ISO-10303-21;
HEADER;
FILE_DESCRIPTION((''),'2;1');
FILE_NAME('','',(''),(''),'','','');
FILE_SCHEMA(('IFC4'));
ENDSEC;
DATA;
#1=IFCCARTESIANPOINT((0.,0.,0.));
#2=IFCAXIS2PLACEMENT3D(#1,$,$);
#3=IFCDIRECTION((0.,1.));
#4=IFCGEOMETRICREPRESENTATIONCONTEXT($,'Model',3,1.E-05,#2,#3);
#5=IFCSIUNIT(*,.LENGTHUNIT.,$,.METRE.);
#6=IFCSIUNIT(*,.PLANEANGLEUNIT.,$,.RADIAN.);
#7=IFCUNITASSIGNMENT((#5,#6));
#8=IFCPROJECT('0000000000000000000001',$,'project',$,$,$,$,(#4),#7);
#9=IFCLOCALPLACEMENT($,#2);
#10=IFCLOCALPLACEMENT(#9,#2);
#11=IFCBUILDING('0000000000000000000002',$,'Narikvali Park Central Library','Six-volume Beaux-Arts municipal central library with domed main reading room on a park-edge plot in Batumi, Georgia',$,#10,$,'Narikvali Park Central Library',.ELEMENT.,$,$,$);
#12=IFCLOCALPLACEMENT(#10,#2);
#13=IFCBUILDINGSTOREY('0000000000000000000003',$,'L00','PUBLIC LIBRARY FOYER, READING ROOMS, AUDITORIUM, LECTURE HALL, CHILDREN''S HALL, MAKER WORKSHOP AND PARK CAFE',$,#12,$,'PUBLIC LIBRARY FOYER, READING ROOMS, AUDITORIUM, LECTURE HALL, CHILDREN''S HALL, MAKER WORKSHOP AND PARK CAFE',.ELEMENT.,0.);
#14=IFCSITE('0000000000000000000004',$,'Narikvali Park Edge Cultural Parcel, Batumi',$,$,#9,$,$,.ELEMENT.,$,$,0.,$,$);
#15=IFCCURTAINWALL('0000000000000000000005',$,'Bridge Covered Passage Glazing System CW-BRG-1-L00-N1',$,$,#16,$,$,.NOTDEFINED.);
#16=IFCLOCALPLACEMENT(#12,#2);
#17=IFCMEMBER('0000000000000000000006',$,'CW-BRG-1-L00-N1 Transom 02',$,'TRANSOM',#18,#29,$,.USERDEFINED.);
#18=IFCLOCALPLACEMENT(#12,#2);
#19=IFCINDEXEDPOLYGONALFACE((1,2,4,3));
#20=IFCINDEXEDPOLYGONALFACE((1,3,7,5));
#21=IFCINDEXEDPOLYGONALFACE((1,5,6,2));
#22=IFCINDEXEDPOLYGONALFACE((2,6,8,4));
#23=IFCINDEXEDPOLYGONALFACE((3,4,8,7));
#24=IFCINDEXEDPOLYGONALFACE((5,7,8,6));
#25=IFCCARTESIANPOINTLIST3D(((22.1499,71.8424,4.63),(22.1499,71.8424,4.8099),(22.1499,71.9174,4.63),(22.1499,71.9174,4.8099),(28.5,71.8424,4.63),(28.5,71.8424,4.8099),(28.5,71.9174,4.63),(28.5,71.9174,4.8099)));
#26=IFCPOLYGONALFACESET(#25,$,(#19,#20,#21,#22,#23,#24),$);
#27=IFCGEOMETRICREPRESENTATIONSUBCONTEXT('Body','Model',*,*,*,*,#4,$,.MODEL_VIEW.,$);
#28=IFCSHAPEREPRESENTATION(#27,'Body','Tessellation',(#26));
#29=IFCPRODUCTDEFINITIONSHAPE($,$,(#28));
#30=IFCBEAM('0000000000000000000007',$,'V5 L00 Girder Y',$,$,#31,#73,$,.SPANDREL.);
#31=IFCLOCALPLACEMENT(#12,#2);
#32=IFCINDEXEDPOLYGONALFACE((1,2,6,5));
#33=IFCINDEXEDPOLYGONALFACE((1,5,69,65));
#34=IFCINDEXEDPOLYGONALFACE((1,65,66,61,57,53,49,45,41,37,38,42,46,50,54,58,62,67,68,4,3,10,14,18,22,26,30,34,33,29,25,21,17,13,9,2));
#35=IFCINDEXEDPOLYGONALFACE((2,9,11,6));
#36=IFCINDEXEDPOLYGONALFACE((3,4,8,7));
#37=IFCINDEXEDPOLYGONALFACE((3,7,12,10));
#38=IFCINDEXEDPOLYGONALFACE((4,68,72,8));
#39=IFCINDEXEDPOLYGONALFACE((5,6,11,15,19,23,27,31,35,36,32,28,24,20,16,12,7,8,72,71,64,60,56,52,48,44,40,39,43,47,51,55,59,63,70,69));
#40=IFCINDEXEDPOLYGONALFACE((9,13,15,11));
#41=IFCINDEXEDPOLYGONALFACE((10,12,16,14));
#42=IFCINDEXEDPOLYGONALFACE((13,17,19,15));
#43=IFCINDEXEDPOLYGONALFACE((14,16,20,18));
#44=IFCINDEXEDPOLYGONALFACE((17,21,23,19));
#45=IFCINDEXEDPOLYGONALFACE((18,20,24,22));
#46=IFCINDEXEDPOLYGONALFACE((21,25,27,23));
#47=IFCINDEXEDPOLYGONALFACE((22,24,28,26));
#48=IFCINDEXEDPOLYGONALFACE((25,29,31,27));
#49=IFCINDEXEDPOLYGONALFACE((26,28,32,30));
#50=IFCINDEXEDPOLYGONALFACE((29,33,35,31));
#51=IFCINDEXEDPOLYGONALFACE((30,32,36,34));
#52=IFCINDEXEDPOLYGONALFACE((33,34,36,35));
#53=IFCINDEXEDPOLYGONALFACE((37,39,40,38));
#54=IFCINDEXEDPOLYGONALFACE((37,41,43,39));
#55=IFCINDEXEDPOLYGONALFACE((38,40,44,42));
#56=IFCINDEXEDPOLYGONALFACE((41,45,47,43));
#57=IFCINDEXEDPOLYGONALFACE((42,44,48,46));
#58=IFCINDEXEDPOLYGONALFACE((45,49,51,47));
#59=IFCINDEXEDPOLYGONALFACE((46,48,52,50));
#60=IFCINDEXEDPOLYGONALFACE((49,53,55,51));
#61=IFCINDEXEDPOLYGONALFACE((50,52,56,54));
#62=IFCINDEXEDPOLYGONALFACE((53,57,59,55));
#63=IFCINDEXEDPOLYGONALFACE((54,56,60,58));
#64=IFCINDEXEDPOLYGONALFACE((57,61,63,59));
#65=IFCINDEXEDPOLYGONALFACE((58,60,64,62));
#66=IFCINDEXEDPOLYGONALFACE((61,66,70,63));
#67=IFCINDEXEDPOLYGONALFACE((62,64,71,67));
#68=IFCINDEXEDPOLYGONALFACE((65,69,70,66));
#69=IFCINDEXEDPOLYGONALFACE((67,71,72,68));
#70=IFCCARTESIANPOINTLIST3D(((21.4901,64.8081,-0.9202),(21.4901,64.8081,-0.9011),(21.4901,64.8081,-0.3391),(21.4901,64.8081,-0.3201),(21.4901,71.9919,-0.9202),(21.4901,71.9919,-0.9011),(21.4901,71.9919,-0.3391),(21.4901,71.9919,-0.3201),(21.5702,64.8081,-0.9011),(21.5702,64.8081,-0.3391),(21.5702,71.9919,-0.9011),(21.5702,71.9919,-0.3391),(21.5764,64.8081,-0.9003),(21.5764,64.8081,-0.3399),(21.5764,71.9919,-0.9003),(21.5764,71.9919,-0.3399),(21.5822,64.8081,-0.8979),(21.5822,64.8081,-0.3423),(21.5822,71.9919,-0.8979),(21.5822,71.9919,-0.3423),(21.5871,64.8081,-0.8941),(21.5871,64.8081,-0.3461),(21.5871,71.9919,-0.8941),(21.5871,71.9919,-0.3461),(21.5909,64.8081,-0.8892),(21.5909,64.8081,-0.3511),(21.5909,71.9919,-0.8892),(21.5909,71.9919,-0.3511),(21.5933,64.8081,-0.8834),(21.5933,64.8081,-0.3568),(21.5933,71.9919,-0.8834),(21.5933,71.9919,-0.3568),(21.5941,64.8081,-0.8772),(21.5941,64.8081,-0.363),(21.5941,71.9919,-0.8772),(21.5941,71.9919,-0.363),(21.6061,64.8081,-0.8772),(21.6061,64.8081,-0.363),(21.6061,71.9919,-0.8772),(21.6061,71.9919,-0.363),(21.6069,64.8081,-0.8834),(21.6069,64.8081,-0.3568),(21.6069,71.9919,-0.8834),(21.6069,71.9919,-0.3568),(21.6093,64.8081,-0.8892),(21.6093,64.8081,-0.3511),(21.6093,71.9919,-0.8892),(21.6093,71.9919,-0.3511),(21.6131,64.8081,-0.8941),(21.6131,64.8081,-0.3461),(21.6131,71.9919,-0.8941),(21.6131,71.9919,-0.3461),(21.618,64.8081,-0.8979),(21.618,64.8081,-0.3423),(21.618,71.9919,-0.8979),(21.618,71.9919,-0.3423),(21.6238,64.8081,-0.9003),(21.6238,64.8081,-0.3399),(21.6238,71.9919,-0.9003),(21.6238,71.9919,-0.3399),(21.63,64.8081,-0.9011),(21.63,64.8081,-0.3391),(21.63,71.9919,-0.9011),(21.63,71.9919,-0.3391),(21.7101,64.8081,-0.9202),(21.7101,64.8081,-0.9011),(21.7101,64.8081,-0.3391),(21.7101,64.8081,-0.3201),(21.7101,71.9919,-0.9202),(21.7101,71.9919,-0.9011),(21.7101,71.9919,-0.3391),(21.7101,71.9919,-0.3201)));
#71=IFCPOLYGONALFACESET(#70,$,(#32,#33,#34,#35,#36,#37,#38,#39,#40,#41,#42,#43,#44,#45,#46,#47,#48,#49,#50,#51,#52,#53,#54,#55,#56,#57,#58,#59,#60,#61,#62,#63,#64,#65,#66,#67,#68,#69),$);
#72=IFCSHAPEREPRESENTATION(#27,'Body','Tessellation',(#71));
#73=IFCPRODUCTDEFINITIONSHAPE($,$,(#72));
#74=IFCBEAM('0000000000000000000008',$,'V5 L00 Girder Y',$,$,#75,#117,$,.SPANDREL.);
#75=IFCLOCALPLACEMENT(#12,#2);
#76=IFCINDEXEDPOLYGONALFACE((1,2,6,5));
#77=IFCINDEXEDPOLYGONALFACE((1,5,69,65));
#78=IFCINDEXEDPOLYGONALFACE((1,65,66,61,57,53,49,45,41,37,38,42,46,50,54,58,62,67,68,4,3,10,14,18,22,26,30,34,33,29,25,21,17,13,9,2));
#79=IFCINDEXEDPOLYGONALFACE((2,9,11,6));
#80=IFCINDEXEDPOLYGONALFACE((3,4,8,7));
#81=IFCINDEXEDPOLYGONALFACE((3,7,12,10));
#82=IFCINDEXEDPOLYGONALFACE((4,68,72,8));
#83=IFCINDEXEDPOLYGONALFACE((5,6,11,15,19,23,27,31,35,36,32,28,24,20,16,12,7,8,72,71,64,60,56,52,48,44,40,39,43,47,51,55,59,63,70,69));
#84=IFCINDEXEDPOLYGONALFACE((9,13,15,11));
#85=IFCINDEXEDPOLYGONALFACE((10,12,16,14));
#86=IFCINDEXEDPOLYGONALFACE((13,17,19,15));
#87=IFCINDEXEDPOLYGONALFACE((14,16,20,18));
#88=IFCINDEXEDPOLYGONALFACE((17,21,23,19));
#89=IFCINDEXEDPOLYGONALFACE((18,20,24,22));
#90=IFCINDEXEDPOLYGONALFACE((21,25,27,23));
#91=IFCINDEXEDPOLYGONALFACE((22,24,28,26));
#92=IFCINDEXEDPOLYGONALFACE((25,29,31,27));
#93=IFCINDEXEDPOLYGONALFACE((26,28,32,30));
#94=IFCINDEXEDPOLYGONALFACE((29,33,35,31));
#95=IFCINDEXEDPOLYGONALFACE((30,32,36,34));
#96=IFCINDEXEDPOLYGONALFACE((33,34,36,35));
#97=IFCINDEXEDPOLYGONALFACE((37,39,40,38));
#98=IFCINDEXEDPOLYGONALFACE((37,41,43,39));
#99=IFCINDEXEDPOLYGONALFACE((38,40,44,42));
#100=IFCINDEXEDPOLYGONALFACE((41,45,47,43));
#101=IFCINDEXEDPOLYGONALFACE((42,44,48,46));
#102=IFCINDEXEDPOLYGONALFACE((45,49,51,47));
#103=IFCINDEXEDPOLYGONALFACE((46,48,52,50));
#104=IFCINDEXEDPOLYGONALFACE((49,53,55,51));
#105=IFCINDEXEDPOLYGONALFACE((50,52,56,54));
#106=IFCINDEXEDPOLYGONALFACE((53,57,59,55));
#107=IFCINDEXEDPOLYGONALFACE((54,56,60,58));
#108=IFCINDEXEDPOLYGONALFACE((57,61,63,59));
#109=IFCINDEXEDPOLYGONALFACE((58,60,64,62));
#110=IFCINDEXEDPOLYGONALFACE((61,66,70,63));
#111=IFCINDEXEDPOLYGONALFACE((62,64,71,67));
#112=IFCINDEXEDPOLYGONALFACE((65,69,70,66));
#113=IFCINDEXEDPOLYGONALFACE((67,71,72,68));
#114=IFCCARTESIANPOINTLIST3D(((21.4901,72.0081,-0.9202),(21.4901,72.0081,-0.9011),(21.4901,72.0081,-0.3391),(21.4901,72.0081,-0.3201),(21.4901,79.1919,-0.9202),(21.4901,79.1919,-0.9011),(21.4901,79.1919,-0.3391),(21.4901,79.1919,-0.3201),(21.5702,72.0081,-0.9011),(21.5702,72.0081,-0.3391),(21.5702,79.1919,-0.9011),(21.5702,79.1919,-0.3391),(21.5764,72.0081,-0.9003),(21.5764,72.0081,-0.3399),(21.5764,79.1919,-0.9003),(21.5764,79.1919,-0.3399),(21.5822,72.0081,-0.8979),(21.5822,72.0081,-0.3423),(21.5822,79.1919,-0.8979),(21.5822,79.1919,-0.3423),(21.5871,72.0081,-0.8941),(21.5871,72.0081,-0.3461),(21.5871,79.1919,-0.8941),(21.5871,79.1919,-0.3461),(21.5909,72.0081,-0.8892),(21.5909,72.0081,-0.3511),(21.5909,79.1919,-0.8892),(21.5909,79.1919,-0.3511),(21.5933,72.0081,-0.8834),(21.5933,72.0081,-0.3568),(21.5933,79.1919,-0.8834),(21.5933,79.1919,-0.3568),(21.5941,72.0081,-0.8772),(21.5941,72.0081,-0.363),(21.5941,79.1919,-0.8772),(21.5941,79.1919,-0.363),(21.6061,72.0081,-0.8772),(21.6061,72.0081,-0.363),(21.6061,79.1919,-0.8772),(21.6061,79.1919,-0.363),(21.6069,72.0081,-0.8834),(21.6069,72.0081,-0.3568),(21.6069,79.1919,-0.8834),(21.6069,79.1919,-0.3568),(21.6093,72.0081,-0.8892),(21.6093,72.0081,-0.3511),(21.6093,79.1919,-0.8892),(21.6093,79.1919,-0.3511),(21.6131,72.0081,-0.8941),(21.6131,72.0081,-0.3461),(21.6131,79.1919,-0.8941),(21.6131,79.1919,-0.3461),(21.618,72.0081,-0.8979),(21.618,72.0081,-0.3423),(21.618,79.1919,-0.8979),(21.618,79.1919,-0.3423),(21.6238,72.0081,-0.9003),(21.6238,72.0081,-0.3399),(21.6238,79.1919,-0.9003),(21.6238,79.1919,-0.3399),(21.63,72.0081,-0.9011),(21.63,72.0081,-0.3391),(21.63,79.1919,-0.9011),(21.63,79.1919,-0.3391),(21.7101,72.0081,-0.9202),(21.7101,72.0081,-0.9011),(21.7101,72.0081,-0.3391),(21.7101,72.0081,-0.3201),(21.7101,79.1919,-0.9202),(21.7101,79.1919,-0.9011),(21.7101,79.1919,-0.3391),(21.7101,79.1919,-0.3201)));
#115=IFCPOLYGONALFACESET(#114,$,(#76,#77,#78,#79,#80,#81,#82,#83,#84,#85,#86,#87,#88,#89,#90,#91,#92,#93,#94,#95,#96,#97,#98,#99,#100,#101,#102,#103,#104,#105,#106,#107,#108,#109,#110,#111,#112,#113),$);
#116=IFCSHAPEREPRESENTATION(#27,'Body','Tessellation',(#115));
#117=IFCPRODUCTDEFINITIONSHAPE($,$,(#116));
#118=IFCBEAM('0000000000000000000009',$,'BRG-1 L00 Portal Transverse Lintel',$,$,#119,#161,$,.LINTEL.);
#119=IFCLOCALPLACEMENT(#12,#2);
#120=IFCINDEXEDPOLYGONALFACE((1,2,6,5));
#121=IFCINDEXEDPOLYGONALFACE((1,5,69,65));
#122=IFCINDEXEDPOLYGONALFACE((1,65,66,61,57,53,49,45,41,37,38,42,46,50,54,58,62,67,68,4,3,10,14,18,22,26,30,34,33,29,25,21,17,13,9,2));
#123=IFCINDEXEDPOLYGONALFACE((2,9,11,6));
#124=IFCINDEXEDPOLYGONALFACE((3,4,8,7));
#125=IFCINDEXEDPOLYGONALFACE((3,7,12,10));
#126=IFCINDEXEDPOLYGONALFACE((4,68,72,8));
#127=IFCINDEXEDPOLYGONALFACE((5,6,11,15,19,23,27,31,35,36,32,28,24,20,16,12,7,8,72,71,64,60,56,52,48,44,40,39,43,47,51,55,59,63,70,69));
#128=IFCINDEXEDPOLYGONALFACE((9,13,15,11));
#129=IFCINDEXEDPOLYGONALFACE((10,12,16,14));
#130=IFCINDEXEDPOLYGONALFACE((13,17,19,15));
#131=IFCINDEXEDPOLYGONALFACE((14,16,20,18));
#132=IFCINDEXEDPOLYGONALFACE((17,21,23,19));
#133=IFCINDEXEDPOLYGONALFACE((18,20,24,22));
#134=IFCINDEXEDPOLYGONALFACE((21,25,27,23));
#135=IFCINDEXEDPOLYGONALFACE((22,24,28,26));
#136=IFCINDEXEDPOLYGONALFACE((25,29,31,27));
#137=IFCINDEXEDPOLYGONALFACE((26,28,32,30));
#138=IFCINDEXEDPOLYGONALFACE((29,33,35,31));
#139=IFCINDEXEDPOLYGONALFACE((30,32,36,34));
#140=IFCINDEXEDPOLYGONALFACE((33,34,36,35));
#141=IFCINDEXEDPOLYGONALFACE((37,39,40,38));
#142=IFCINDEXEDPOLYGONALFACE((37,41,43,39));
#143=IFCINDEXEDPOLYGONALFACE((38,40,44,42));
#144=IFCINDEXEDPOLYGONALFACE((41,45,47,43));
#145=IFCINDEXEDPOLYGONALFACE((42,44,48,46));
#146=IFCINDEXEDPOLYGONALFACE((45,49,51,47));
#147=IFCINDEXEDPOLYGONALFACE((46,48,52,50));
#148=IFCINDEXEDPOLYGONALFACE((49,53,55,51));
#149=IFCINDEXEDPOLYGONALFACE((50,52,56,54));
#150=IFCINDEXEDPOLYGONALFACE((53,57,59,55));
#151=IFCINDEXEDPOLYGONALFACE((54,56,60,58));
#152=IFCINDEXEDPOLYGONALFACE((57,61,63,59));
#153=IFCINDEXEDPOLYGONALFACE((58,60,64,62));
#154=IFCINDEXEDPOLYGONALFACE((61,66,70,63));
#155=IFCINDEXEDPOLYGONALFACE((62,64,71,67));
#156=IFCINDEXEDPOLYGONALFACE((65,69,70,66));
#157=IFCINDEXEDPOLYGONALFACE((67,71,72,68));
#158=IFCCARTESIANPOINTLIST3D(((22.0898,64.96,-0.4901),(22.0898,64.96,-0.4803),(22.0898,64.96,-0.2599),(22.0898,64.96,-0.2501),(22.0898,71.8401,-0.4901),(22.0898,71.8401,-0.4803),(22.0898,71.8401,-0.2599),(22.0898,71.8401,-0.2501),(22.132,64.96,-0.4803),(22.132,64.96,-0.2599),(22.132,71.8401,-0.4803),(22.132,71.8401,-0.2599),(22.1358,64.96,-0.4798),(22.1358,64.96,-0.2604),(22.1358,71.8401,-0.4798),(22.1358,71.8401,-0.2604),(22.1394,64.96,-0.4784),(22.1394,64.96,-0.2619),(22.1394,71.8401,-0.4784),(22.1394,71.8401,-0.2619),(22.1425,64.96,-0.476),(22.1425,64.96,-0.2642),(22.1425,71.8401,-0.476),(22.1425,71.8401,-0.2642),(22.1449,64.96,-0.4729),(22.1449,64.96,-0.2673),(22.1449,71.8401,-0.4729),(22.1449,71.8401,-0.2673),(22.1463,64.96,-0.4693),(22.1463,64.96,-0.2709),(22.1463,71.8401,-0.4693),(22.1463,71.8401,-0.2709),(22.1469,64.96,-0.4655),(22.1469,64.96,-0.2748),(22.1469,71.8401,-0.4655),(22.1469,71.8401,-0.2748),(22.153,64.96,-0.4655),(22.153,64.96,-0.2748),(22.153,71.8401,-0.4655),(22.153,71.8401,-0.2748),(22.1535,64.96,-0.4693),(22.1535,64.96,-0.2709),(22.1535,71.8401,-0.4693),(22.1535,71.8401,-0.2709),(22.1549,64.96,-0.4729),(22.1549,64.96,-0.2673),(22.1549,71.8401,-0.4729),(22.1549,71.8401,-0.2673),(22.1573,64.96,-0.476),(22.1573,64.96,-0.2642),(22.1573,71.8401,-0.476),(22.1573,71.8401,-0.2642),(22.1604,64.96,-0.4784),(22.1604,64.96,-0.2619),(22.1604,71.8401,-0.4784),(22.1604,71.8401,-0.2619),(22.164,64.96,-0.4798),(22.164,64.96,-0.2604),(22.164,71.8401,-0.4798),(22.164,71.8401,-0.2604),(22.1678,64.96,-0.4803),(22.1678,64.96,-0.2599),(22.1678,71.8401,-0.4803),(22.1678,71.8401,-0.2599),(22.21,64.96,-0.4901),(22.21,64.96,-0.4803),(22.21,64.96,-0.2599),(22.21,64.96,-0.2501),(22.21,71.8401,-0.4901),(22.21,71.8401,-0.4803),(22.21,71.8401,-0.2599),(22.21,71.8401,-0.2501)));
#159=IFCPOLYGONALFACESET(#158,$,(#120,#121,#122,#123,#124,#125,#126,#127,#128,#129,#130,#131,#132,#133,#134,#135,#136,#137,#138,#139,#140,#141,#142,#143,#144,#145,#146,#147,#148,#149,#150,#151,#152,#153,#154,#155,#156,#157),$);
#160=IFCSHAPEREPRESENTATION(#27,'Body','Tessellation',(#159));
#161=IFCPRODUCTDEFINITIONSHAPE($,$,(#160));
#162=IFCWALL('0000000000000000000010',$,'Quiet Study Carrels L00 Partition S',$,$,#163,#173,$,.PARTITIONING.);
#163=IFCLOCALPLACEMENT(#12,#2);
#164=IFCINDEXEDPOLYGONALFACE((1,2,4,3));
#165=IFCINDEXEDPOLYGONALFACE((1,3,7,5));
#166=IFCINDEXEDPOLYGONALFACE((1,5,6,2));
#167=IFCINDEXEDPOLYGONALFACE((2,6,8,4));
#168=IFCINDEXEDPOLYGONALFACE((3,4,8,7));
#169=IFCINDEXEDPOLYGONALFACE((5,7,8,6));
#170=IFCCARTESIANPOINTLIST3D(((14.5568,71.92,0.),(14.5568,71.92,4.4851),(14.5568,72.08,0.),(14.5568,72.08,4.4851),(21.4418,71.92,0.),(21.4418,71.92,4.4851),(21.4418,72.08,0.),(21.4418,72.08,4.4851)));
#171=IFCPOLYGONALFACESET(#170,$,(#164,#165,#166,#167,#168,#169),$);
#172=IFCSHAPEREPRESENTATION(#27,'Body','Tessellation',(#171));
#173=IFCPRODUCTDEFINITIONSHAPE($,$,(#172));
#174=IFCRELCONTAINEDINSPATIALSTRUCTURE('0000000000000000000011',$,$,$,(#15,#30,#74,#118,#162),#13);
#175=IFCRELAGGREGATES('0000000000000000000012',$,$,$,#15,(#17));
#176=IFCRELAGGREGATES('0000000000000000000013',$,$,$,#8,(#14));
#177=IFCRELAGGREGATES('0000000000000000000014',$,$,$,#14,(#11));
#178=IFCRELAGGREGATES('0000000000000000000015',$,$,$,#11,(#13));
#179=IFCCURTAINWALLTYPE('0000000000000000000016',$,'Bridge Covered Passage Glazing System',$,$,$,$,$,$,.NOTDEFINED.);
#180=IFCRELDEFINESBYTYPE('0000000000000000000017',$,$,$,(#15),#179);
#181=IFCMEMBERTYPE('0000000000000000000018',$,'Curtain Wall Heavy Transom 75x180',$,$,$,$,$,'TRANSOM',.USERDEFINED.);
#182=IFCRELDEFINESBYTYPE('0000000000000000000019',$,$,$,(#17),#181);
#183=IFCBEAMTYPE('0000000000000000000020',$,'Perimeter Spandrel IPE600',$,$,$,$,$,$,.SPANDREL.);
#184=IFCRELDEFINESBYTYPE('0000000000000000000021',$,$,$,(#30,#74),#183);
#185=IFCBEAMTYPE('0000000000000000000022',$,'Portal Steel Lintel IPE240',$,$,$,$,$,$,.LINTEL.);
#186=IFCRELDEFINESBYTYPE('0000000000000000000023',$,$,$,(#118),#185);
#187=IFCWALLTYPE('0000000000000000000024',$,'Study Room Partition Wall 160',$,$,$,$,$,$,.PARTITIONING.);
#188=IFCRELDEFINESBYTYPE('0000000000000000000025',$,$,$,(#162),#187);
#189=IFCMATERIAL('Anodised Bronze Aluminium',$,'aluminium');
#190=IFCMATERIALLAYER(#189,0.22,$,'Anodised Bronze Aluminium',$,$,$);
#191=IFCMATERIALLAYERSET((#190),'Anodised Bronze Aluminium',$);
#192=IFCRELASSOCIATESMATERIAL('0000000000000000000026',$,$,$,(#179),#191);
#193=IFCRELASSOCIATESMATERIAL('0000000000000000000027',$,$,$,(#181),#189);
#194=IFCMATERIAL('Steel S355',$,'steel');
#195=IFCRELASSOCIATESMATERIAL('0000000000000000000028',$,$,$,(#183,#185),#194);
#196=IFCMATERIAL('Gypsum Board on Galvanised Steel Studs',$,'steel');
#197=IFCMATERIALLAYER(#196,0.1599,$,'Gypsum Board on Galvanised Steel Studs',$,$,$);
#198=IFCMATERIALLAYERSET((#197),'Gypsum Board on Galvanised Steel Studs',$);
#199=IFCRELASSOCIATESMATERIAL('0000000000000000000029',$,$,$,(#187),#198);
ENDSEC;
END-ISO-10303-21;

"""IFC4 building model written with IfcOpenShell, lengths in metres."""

from ifc_helpers import new_model, si_unit, direction, frame, frame_2d, origin, origin_2d, place, context, subcontext, project, spatial, rectangle, i_section, extrude, material, layer, layer_set, material_profile, profile_set, type_object, element, aggregate, save


model = new_model("IFC4")

# Units and contexts
model_context = context("Model", 3, precision=1e-05, world=origin(), true_north=direction((0.0, 1.0)))
body_context = subcontext(model_context, "Body", "Model", "MODEL_VIEW")
ifc_project = project(units=[si_unit("LENGTHUNIT", "METRE"), si_unit("PLANEANGLEUNIT", "RADIAN")], contexts=[model_context])

# Site, building, storey
site_placement = place(None, origin())
site = spatial("IfcSite", under=ifc_project, at=site_placement, Name="Narikvali Park Edge Cultural Parcel, Batumi", CompositionType="ELEMENT", RefElevation=0.0)
building_placement = place(site_placement, origin())
building = spatial("IfcBuilding", under=site, at=building_placement, Name="Narikvali Park Central Library", Description="Six-volume Beaux-Arts municipal central library with domed main reading room on a park-edge plot in Batumi, Georgia", LongName="Narikvali Park Central Library", CompositionType="ELEMENT")
storey_placement = place(building_placement, origin())
storey = spatial("IfcBuildingStorey", under=building, at=storey_placement, Name="L00", Description="PUBLIC LIBRARY FOYER, READING ROOMS, AUDITORIUM, LECTURE HALL, CHILDREN'S HALL, MAKER WORKSHOP AND PARK CAFE", LongName="PUBLIC LIBRARY FOYER, READING ROOMS, AUDITORIUM, LECTURE HALL, CHILDREN'S HALL, MAKER WORKSHOP AND PARK CAFE", CompositionType="ELEMENT", Elevation=0.0)

# Shared definitions
ifc_material_1 = material(Name="Steel S355", Category="steel")

# Curtain wall
ifc_material_2 = material(Name="Anodised Bronze Aluminium", Category="aluminium")
ifc_layer_1 = layer(ifc_material_2, 0.22, Name="Anodised Bronze Aluminium")
ifc_layer_set_1 = layer_set([ifc_layer_1], Name="Anodised Bronze Aluminium")
curtain_wall_type = type_object("IfcCurtainWallType", Name="Bridge Covered Passage Glazing System", PredefinedType="NOTDEFINED", material=ifc_layer_set_1)
curtain_wall_1_placement = place(storey_placement, origin())
curtain_wall_1 = element("IfcCurtainWall", 1, at=curtain_wall_1_placement, inside=storey, type_object=curtain_wall_type, Name="Bridge Covered Passage Glazing System CW-BRG-1-L00-N1", PredefinedType="NOTDEFINED")

# Member
ifc_material_profile_1 = material_profile(ifc_material_2, rectangle(XDim=0.075, YDim=0.1799, at=origin_2d()), Name="CW TRANSOM 75x180")
ifc_profile_set_1 = profile_set([ifc_material_profile_1], Name="Anodised Bronze Aluminium")
member_type_1 = type_object("IfcMemberType", Name="Curtain Wall Heavy Transom 75x180", ElementType="TRANSOM", PredefinedType="USERDEFINED", material=ifc_profile_set_1)
member_1_placement = place(storey_placement, frame((22.1499, 71.8799, 4.72), z_axis=(1.0, 0.0, 0.0), x_axis=(0.0, 1.0, 0.0)))
member_1 = element("IfcMember", 2, at=member_1_placement, type_object=member_type_1, Name="CW-BRG-1-L00-N1 Transom 02", ObjectType="TRANSOM", PredefinedType="USERDEFINED", context=body_context, shape_type="SweptSolid", body=[
    extrude(rectangle(XDim=0.075, YDim=0.1799, at=origin_2d()), origin(), (0.0, 0.0, 1.0), 6.3501),
])
aggregate(curtain_wall_1, [member_1])

# Beams
ifc_material_profile_2 = material_profile(ifc_material_1, i_section(OverallWidth=0.22, OverallDepth=0.6001, WebThickness=0.012, FlangeThickness=0.019, FilletRadius=0.0239, at=origin_2d()), Name="IPE 600")
ifc_profile_set_2 = profile_set([ifc_material_profile_2], Name="Steel S355")
beam_type_1 = type_object("IfcBeamType", Name="Perimeter Spandrel IPE600", PredefinedType="SPANDREL", material=ifc_profile_set_2)
for number, where, z_axis, x_axis, name in (
    (3, (21.6001, 64.8081, -0.6201), (0.0, 1.0, 0.0), (-1.0, 0.0, 0.0), "V5 L00 Girder Y"),
    (4, (21.6001, 72.0081, -0.6201), (0.0, 1.0, 0.0), (-1.0, 0.0, 0.0), "V5 L00 Girder Y"),
):
    element("IfcBeam", number, at=place(storey_placement, frame(where, z_axis=z_axis, x_axis=x_axis)), inside=storey, type_object=beam_type_1, Name=name, PredefinedType="SPANDREL", context=body_context, shape_type="SweptSolid", body=[
        extrude(i_section(OverallWidth=0.22, OverallDepth=0.6001, WebThickness=0.012, FlangeThickness=0.019, FilletRadius=0.0239, at=origin_2d()), origin(), (0.0, 0.0, 1.0), 7.1838),
    ])
ifc_material_profile_3 = material_profile(ifc_material_1, i_section(OverallWidth=0.1201, OverallDepth=0.24, WebThickness=0.0061, FlangeThickness=0.0098, FilletRadius=0.0149, at=origin_2d()), Name="IPE 240")
ifc_profile_set_3 = profile_set([ifc_material_profile_3], Name="Steel S355")
beam_type_2 = type_object("IfcBeamType", Name="Portal Steel Lintel IPE240", PredefinedType="LINTEL", material=ifc_profile_set_3)
beam_1_placement = place(storey_placement, frame((22.1499, 64.96, -0.3701), z_axis=(0.0, 1.0, 0.0), x_axis=(-1.0, 0.0, 0.0)))
element("IfcBeam", 5, at=beam_1_placement, inside=storey, type_object=beam_type_2, Name="BRG-1 L00 Portal Transverse Lintel", PredefinedType="LINTEL", context=body_context, shape_type="SweptSolid", body=[
    extrude(i_section(OverallWidth=0.1201, OverallDepth=0.24, WebThickness=0.0061, FlangeThickness=0.0098, FilletRadius=0.0149, at=origin_2d()), origin(), (0.0, 0.0, 1.0), 6.8801),
])

# Wall
ifc_material_3 = material(Name="Gypsum Board on Galvanised Steel Studs", Category="steel")
ifc_layer_2 = layer(ifc_material_3, 0.1599, Name="Gypsum Board on Galvanised Steel Studs")
ifc_layer_set_2 = layer_set([ifc_layer_2], Name="Gypsum Board on Galvanised Steel Studs")
wall_type_1 = type_object("IfcWallType", Name="Study Room Partition Wall 160", PredefinedType="PARTITIONING", material=ifc_layer_set_2)
wall_1_placement = place(storey_placement, frame((14.5569, 72.0, 0.0), z_axis=(0.0, 0.0, 1.0), x_axis=(1.0, 0.0, 0.0)))
element("IfcWall", 6, at=wall_1_placement, inside=storey, type_object=wall_type_1, Name="Quiet Study Carrels L00 Partition S", PredefinedType="PARTITIONING", context=body_context, shape_type="SweptSolid", body=[
    extrude(rectangle(XDim=6.885, YDim=0.1599, at=frame_2d((3.4424, 0.0))), origin(), (0.0, 0.0, 1.0), 4.4851),
])

save(model, "model.ifc")
